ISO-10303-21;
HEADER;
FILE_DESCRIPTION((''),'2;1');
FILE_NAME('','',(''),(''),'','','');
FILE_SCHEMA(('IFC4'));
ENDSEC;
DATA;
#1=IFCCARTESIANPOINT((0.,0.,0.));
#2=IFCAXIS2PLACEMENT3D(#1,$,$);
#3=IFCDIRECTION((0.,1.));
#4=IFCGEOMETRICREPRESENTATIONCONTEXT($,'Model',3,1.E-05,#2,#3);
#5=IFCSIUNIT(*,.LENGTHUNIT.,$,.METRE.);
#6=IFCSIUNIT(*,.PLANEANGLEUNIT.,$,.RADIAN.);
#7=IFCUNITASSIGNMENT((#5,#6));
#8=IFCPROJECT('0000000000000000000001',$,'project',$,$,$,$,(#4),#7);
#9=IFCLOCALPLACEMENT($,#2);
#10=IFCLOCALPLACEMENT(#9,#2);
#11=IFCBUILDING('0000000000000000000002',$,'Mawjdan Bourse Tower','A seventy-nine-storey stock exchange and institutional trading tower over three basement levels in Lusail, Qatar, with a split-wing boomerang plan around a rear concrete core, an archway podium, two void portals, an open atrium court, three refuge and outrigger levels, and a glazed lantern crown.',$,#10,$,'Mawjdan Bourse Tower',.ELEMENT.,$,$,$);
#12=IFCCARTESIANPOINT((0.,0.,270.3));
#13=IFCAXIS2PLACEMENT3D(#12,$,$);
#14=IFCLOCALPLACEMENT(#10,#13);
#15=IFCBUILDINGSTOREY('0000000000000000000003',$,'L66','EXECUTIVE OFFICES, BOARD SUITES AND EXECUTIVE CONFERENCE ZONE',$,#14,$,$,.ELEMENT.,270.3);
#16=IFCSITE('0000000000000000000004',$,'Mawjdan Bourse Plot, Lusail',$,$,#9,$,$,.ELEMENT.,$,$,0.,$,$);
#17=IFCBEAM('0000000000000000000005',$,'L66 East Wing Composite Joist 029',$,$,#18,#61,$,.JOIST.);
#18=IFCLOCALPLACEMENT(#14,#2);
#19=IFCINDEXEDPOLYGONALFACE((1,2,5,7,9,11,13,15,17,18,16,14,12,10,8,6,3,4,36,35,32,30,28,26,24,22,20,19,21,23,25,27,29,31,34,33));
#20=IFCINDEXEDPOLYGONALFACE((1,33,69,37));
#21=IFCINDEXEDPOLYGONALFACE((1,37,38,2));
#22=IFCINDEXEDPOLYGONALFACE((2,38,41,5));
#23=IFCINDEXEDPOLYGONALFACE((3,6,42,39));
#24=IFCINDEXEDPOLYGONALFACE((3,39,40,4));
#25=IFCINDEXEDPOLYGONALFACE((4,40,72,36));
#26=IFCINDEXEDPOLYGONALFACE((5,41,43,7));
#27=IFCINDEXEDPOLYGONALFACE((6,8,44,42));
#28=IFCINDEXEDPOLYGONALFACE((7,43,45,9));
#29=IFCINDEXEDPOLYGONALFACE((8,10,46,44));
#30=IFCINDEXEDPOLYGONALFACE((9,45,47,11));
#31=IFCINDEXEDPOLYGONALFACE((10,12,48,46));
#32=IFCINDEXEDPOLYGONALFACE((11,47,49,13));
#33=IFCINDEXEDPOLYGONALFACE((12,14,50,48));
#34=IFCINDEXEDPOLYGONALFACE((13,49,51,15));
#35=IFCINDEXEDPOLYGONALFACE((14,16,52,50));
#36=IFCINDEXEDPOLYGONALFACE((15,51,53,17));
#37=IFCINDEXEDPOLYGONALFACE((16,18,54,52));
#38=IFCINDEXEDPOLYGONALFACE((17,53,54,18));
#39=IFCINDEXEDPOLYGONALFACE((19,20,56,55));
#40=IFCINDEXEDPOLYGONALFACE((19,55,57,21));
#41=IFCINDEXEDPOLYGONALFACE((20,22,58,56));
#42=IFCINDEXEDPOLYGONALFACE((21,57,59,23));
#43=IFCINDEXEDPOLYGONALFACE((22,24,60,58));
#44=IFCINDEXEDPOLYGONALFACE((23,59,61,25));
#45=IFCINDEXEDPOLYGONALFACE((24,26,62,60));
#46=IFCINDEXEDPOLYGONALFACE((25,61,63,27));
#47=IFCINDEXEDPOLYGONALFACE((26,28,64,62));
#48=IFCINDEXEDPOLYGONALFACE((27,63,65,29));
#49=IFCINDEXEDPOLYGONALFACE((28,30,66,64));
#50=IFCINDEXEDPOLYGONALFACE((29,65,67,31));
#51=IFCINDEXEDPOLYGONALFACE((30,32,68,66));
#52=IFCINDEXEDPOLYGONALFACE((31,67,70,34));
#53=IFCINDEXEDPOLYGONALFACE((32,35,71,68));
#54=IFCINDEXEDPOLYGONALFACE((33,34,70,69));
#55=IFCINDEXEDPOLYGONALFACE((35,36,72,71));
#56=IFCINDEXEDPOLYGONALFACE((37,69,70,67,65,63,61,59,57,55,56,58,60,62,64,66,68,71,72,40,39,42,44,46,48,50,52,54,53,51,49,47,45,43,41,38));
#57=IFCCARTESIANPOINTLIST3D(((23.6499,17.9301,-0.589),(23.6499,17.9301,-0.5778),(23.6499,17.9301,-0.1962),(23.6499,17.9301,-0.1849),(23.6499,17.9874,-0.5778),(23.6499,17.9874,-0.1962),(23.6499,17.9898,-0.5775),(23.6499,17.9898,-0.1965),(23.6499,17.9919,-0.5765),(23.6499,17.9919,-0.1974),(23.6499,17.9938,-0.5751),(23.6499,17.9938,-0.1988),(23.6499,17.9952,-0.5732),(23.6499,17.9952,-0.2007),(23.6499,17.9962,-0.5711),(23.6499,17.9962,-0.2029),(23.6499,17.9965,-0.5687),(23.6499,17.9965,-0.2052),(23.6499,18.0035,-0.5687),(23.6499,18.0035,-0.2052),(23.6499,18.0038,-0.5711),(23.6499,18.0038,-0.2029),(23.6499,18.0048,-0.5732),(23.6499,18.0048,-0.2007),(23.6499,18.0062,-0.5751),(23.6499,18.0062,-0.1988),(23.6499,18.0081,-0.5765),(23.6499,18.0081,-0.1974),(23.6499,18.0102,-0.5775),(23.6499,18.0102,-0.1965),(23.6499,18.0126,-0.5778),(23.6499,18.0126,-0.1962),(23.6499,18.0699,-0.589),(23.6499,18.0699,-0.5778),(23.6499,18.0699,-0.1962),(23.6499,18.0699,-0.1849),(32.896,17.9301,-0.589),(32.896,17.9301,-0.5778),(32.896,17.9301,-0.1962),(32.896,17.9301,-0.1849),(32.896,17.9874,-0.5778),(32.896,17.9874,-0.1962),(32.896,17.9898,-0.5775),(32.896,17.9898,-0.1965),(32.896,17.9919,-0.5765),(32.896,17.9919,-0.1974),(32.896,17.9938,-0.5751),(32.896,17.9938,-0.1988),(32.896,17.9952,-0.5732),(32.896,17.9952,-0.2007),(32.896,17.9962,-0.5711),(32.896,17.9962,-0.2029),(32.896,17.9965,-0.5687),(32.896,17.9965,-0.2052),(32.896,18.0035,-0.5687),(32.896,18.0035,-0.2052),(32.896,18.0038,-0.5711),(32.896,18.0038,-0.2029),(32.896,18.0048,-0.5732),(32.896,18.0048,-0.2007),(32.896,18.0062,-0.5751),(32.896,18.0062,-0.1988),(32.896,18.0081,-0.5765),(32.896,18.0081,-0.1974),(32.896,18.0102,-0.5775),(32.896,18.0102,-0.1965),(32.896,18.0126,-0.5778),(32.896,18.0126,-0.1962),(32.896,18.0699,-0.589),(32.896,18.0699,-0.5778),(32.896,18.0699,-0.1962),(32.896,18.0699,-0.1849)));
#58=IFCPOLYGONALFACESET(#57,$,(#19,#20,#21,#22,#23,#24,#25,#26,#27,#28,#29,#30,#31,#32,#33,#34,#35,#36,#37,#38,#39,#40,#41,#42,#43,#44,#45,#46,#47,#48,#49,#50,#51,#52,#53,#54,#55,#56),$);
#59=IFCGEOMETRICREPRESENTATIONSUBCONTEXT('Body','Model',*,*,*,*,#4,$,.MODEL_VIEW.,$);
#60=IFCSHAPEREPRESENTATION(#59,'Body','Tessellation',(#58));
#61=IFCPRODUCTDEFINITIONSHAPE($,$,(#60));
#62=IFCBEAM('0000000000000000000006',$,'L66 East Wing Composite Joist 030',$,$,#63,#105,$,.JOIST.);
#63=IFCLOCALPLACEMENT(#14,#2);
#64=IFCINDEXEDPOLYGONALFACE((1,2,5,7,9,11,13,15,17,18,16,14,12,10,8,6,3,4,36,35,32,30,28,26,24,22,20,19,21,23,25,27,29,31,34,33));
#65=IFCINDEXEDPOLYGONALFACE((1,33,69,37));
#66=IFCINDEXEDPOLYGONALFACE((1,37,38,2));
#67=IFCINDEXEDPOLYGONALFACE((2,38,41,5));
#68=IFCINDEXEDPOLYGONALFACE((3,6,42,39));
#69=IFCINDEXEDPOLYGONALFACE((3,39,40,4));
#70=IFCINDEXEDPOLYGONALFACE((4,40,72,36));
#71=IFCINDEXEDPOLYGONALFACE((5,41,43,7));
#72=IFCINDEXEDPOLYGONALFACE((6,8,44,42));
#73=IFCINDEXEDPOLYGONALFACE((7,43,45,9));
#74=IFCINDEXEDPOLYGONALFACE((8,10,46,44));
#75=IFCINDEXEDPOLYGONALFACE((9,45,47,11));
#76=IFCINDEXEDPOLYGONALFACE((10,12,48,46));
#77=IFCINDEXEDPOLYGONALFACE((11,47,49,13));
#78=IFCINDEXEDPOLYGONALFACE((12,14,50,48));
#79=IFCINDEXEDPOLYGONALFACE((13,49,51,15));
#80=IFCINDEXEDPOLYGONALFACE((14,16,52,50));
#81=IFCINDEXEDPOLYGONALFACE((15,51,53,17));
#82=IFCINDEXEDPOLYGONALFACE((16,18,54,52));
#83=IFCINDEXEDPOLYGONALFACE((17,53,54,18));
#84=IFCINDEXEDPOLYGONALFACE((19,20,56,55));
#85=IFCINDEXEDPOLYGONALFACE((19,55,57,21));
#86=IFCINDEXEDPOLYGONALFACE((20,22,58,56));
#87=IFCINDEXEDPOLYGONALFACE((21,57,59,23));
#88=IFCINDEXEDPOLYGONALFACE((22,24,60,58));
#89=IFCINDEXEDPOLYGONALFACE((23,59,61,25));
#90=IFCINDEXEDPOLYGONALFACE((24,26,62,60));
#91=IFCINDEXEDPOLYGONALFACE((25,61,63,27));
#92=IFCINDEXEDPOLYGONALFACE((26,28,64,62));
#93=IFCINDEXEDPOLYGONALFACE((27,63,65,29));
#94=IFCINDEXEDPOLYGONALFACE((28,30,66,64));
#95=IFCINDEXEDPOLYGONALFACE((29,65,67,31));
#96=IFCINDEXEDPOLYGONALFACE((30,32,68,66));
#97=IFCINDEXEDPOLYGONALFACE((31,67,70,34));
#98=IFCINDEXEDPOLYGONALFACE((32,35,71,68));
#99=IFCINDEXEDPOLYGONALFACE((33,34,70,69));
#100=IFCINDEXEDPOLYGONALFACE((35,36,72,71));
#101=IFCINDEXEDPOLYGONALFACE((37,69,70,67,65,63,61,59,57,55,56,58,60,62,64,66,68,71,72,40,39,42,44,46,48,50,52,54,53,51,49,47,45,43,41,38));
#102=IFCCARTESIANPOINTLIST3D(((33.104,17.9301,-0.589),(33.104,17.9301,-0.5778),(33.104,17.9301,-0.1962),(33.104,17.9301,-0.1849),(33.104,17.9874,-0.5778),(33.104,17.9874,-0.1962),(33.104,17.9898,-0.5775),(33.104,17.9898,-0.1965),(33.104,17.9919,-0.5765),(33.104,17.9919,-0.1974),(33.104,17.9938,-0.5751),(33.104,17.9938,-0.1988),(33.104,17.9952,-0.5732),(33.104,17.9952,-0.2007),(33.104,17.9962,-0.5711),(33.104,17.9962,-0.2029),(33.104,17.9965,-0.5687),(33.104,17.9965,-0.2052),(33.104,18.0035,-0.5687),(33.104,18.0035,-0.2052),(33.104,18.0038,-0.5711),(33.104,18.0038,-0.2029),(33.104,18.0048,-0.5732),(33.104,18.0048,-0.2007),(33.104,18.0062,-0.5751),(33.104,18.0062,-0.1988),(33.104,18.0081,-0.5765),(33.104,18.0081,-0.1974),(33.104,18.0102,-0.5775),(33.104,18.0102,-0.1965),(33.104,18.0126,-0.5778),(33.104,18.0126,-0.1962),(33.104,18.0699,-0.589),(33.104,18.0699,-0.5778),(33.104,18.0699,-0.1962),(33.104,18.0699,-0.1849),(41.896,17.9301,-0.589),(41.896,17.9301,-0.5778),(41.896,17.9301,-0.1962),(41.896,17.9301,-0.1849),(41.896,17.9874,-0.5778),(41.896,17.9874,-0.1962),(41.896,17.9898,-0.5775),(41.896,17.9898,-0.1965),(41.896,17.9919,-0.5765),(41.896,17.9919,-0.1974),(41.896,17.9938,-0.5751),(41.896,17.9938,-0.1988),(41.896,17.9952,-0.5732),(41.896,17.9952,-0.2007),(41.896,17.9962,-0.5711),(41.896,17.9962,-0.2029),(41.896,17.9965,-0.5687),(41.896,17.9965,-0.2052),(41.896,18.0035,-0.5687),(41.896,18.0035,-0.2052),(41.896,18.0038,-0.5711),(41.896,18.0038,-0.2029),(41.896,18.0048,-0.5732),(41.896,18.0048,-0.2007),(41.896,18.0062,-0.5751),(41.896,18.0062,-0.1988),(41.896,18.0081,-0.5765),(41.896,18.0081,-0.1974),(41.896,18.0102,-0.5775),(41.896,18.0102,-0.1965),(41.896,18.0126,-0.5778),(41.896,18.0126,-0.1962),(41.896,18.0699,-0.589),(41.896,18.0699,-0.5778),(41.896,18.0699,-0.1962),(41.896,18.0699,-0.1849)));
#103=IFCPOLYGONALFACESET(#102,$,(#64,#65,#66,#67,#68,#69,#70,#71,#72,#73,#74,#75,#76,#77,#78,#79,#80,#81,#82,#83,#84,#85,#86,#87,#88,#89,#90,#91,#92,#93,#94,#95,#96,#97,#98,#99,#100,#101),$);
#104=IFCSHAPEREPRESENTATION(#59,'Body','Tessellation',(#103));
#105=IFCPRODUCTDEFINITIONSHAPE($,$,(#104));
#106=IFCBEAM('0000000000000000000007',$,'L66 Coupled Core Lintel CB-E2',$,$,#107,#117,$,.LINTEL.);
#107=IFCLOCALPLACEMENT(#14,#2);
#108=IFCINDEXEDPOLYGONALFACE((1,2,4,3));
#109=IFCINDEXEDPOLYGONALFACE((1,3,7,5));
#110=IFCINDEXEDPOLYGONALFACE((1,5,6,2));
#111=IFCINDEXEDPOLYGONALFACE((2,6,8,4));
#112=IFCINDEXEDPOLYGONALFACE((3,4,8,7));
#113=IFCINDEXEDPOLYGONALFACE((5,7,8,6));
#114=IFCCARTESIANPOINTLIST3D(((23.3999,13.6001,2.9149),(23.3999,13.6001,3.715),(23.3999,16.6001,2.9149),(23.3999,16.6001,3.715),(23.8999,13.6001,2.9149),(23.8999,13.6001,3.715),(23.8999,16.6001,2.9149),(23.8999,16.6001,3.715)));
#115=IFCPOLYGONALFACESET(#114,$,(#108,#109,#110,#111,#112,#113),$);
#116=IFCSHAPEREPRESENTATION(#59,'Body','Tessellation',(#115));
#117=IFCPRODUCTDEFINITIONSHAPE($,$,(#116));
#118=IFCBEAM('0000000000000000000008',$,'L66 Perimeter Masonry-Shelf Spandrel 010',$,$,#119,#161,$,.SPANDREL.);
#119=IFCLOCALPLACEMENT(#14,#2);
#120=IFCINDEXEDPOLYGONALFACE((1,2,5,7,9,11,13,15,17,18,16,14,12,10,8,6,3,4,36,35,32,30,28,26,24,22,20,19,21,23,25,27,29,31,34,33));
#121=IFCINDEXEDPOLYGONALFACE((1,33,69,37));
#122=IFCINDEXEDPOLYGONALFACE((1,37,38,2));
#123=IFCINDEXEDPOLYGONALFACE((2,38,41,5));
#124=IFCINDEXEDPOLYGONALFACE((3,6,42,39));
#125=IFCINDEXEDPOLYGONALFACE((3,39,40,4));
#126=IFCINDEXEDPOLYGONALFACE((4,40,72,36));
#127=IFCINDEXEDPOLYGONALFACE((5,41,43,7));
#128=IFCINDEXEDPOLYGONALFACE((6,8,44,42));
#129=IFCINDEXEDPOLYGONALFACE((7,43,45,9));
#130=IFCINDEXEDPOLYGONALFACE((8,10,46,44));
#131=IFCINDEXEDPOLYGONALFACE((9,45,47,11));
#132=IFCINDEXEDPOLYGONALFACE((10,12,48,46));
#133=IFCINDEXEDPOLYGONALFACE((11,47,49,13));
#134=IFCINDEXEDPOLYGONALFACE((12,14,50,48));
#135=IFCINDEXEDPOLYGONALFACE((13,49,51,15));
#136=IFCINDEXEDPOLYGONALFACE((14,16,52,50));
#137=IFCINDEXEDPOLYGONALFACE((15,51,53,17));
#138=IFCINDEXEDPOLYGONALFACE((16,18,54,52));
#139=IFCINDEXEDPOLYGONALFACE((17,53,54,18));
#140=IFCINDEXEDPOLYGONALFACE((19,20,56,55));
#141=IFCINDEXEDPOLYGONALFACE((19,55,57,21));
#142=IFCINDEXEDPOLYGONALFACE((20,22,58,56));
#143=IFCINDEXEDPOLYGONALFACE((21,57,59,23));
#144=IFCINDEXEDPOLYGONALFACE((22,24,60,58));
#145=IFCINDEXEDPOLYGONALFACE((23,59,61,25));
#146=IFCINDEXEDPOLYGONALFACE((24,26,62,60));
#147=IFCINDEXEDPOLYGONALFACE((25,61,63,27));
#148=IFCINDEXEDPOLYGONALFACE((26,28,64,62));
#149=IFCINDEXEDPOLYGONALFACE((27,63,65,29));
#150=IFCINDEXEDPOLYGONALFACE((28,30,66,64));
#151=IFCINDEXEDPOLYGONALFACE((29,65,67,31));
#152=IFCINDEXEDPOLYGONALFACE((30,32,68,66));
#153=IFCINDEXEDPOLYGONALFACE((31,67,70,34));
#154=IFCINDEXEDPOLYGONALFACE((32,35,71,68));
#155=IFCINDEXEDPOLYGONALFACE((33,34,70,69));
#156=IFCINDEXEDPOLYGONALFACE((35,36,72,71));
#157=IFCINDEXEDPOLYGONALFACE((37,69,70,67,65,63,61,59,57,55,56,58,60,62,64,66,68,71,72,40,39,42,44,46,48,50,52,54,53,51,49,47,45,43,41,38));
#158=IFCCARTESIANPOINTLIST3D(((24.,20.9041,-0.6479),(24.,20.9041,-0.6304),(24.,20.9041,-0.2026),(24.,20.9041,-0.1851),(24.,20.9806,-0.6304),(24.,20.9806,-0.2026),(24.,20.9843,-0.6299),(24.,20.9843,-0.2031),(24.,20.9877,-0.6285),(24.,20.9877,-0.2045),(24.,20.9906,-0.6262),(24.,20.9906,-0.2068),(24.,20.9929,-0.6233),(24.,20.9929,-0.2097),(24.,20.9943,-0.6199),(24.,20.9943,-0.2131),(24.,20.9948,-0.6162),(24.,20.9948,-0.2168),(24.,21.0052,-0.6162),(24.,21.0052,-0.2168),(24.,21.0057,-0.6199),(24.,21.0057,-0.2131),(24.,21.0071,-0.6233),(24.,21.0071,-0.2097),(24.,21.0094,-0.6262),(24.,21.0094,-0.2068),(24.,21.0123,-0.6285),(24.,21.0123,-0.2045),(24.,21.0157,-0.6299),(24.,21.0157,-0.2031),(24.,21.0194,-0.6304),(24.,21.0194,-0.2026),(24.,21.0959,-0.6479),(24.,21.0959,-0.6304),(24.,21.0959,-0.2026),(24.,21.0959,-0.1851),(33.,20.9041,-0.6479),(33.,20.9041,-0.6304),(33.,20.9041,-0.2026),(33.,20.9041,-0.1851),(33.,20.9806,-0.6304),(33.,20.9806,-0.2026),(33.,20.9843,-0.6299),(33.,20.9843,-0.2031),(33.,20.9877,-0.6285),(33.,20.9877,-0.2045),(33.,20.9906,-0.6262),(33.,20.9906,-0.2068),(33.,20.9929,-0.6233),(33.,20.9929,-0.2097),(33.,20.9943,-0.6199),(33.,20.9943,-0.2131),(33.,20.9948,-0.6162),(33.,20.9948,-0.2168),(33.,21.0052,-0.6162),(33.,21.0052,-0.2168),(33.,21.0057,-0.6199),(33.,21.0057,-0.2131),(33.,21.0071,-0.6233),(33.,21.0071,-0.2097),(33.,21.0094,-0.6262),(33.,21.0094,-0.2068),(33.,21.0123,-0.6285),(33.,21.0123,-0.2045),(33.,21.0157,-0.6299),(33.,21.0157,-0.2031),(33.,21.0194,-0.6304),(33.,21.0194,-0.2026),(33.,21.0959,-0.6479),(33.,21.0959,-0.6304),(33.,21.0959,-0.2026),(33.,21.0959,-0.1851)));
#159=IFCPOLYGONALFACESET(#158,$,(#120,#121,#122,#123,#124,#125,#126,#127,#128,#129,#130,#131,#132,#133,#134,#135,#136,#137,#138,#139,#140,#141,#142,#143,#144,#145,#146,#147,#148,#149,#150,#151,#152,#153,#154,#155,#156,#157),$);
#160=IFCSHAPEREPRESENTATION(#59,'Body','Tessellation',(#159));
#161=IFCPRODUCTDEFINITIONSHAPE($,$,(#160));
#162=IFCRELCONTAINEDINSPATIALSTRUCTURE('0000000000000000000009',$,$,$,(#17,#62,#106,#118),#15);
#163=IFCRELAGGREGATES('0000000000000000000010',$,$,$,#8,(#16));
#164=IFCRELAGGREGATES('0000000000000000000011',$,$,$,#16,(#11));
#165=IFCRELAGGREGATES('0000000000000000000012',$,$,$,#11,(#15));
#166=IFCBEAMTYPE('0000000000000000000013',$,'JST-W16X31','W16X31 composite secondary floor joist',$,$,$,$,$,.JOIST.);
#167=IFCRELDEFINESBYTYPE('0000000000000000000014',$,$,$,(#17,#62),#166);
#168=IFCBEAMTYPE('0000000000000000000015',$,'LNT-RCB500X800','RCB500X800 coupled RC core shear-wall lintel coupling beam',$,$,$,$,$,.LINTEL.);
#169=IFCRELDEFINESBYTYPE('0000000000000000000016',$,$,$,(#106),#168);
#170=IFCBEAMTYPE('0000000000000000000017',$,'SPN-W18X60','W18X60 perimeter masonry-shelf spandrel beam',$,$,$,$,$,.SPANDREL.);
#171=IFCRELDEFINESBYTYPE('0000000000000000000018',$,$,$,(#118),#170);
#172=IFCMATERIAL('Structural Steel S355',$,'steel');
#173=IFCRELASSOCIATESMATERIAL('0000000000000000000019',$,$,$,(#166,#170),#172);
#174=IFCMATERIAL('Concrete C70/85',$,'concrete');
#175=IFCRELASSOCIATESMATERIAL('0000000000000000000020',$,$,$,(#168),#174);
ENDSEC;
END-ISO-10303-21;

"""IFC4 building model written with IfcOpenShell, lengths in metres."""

from ifc_helpers import new_model, si_unit, direction, frame, origin, origin_2d, place, context, subcontext, project, spatial, rectangle, i_section, extrude, material, material_profile, profile_set, type_object, element, save


model = new_model("IFC4")

# Units and contexts
model_context = context("Model", 3, precision=1e-05, world=origin(), true_north=direction((0.0, 1.0)))
body_context = subcontext(model_context, "Body", "Model", "MODEL_VIEW")
ifc_project = project(units=[si_unit("LENGTHUNIT", "METRE"), si_unit("PLANEANGLEUNIT", "RADIAN")], contexts=[model_context])

# Site, building, storey
site_placement = place(None, origin())
site = spatial("IfcSite", under=ifc_project, at=site_placement, Name="Mawjdan Bourse Plot, Lusail", CompositionType="ELEMENT", RefElevation=0.0)
building_placement = place(site_placement, origin())
building = spatial("IfcBuilding", under=site, at=building_placement, Name="Mawjdan Bourse Tower", Description="A seventy-nine-storey stock exchange and institutional trading tower over three basement levels in Lusail, Qatar, with a split-wing boomerang plan around a rear concrete core, an archway podium, two void portals, an open atrium court, three refuge and outrigger levels, and a glazed lantern crown.", LongName="Mawjdan Bourse Tower", CompositionType="ELEMENT")
storey_placement = place(building_placement, frame((0.0, 0.0, 270.3)))
storey = spatial("IfcBuildingStorey", under=building, at=storey_placement, Name="L66", Description="EXECUTIVE OFFICES, BOARD SUITES AND EXECUTIVE CONFERENCE ZONE", CompositionType="ELEMENT", Elevation=270.3)

# Beams
ifc_material_1 = material(Name="Structural Steel S355", Category="steel")
ifc_material_profile_1 = material_profile(ifc_material_1, i_section(OverallWidth=0.1399, OverallDepth=0.4041, WebThickness=0.0071, FlangeThickness=0.0112, FilletRadius=0.009, at=origin_2d()), Name="W16X31")
ifc_profile_set_1 = profile_set([ifc_material_profile_1], Name="Structural Steel S355")
beam_type_1 = type_object("IfcBeamType", Name="JST-W16X31", Description="W16X31 composite secondary floor joist", PredefinedType="JOIST", material=ifc_profile_set_1)
beam_1_placement = place(storey_placement, frame((23.6499, 18.0, -0.387), z_axis=(1.0, 0.0, 0.0), x_axis=(0.0, 1.0, 0.0)))
element("IfcBeam", 1, at=beam_1_placement, inside=storey, type_object=beam_type_1, Name="L66 East Wing Composite Joist 029", PredefinedType="JOIST", context=body_context, shape_type="SweptSolid", body=[
    extrude(i_section(OverallWidth=0.1399, OverallDepth=0.4041, WebThickness=0.0071, FlangeThickness=0.0112, FilletRadius=0.009, at=origin_2d()), origin(), (0.0, 0.0, 1.0), 9.2461),
])
beam_2_placement = place(storey_placement, frame((33.104, 18.0, -0.387), z_axis=(1.0, 0.0, 0.0), x_axis=(0.0, 1.0, 0.0)))
element("IfcBeam", 2, at=beam_2_placement, inside=storey, type_object=beam_type_1, Name="L66 East Wing Composite Joist 030", PredefinedType="JOIST", context=body_context, shape_type="SweptSolid", body=[
    extrude(i_section(OverallWidth=0.1399, OverallDepth=0.4041, WebThickness=0.0071, FlangeThickness=0.0112, FilletRadius=0.009, at=origin_2d()), origin(), (0.0, 0.0, 1.0), 8.792),
])
ifc_material_2 = material(Name="Concrete C70/85", Category="concrete")
ifc_material_profile_2 = material_profile(ifc_material_2, rectangle(XDim=0.5, YDim=0.8, at=origin_2d()), Name="RCB500X800")
ifc_profile_set_2 = profile_set([ifc_material_profile_2], Name="Concrete C70/85")
beam_type_2 = type_object("IfcBeamType", Name="LNT-RCB500X800", Description="RCB500X800 coupled RC core shear-wall lintel coupling beam", PredefinedType="LINTEL", material=ifc_profile_set_2)
beam_3_placement = place(storey_placement, frame((23.6499, 13.6001, 3.3149), z_axis=(0.0, 1.0, 0.0), x_axis=(-1.0, 0.0, 0.0)))
element("IfcBeam", 3, at=beam_3_placement, inside=storey, type_object=beam_type_2, Name="L66 Coupled Core Lintel CB-E2", PredefinedType="LINTEL", context=body_context, shape_type="SweptSolid", body=[
    extrude(rectangle(XDim=0.5, YDim=0.8, at=origin_2d()), origin(), (0.0, 0.0, 1.0), 3.0),
])
ifc_material_profile_3 = material_profile(ifc_material_1, i_section(OverallWidth=0.1919, OverallDepth=0.4629, WebThickness=0.0105, FlangeThickness=0.0176, FilletRadius=0.0142, at=origin_2d()), Name="W18X60")
ifc_profile_set_3 = profile_set([ifc_material_profile_3], Name="Structural Steel S355")
beam_type_3 = type_object("IfcBeamType", Name="SPN-W18X60", Description="W18X60 perimeter masonry-shelf spandrel beam", PredefinedType="SPANDREL", material=ifc_profile_set_3)
for number, where, z_axis, x_axis, name in (
    (4, (24.0, 21.0, -0.4165), (1.0, 0.0, 0.0), (0.0, 1.0, 0.0), "L66 Perimeter Masonry-Shelf Spandrel 010"),
):
    element("IfcBeam", number, at=place(storey_placement, frame(where, z_axis=z_axis, x_axis=x_axis)), inside=storey, type_object=beam_type_3, Name=name, PredefinedType="SPANDREL", context=body_context, shape_type="SweptSolid", body=[
        extrude(i_section(OverallWidth=0.1919, OverallDepth=0.4629, WebThickness=0.0105, FlangeThickness=0.0176, FilletRadius=0.0142, at=origin_2d()), origin(), (0.0, 0.0, 1.0), 9.0),
    ])

save(model, "model.ifc")
